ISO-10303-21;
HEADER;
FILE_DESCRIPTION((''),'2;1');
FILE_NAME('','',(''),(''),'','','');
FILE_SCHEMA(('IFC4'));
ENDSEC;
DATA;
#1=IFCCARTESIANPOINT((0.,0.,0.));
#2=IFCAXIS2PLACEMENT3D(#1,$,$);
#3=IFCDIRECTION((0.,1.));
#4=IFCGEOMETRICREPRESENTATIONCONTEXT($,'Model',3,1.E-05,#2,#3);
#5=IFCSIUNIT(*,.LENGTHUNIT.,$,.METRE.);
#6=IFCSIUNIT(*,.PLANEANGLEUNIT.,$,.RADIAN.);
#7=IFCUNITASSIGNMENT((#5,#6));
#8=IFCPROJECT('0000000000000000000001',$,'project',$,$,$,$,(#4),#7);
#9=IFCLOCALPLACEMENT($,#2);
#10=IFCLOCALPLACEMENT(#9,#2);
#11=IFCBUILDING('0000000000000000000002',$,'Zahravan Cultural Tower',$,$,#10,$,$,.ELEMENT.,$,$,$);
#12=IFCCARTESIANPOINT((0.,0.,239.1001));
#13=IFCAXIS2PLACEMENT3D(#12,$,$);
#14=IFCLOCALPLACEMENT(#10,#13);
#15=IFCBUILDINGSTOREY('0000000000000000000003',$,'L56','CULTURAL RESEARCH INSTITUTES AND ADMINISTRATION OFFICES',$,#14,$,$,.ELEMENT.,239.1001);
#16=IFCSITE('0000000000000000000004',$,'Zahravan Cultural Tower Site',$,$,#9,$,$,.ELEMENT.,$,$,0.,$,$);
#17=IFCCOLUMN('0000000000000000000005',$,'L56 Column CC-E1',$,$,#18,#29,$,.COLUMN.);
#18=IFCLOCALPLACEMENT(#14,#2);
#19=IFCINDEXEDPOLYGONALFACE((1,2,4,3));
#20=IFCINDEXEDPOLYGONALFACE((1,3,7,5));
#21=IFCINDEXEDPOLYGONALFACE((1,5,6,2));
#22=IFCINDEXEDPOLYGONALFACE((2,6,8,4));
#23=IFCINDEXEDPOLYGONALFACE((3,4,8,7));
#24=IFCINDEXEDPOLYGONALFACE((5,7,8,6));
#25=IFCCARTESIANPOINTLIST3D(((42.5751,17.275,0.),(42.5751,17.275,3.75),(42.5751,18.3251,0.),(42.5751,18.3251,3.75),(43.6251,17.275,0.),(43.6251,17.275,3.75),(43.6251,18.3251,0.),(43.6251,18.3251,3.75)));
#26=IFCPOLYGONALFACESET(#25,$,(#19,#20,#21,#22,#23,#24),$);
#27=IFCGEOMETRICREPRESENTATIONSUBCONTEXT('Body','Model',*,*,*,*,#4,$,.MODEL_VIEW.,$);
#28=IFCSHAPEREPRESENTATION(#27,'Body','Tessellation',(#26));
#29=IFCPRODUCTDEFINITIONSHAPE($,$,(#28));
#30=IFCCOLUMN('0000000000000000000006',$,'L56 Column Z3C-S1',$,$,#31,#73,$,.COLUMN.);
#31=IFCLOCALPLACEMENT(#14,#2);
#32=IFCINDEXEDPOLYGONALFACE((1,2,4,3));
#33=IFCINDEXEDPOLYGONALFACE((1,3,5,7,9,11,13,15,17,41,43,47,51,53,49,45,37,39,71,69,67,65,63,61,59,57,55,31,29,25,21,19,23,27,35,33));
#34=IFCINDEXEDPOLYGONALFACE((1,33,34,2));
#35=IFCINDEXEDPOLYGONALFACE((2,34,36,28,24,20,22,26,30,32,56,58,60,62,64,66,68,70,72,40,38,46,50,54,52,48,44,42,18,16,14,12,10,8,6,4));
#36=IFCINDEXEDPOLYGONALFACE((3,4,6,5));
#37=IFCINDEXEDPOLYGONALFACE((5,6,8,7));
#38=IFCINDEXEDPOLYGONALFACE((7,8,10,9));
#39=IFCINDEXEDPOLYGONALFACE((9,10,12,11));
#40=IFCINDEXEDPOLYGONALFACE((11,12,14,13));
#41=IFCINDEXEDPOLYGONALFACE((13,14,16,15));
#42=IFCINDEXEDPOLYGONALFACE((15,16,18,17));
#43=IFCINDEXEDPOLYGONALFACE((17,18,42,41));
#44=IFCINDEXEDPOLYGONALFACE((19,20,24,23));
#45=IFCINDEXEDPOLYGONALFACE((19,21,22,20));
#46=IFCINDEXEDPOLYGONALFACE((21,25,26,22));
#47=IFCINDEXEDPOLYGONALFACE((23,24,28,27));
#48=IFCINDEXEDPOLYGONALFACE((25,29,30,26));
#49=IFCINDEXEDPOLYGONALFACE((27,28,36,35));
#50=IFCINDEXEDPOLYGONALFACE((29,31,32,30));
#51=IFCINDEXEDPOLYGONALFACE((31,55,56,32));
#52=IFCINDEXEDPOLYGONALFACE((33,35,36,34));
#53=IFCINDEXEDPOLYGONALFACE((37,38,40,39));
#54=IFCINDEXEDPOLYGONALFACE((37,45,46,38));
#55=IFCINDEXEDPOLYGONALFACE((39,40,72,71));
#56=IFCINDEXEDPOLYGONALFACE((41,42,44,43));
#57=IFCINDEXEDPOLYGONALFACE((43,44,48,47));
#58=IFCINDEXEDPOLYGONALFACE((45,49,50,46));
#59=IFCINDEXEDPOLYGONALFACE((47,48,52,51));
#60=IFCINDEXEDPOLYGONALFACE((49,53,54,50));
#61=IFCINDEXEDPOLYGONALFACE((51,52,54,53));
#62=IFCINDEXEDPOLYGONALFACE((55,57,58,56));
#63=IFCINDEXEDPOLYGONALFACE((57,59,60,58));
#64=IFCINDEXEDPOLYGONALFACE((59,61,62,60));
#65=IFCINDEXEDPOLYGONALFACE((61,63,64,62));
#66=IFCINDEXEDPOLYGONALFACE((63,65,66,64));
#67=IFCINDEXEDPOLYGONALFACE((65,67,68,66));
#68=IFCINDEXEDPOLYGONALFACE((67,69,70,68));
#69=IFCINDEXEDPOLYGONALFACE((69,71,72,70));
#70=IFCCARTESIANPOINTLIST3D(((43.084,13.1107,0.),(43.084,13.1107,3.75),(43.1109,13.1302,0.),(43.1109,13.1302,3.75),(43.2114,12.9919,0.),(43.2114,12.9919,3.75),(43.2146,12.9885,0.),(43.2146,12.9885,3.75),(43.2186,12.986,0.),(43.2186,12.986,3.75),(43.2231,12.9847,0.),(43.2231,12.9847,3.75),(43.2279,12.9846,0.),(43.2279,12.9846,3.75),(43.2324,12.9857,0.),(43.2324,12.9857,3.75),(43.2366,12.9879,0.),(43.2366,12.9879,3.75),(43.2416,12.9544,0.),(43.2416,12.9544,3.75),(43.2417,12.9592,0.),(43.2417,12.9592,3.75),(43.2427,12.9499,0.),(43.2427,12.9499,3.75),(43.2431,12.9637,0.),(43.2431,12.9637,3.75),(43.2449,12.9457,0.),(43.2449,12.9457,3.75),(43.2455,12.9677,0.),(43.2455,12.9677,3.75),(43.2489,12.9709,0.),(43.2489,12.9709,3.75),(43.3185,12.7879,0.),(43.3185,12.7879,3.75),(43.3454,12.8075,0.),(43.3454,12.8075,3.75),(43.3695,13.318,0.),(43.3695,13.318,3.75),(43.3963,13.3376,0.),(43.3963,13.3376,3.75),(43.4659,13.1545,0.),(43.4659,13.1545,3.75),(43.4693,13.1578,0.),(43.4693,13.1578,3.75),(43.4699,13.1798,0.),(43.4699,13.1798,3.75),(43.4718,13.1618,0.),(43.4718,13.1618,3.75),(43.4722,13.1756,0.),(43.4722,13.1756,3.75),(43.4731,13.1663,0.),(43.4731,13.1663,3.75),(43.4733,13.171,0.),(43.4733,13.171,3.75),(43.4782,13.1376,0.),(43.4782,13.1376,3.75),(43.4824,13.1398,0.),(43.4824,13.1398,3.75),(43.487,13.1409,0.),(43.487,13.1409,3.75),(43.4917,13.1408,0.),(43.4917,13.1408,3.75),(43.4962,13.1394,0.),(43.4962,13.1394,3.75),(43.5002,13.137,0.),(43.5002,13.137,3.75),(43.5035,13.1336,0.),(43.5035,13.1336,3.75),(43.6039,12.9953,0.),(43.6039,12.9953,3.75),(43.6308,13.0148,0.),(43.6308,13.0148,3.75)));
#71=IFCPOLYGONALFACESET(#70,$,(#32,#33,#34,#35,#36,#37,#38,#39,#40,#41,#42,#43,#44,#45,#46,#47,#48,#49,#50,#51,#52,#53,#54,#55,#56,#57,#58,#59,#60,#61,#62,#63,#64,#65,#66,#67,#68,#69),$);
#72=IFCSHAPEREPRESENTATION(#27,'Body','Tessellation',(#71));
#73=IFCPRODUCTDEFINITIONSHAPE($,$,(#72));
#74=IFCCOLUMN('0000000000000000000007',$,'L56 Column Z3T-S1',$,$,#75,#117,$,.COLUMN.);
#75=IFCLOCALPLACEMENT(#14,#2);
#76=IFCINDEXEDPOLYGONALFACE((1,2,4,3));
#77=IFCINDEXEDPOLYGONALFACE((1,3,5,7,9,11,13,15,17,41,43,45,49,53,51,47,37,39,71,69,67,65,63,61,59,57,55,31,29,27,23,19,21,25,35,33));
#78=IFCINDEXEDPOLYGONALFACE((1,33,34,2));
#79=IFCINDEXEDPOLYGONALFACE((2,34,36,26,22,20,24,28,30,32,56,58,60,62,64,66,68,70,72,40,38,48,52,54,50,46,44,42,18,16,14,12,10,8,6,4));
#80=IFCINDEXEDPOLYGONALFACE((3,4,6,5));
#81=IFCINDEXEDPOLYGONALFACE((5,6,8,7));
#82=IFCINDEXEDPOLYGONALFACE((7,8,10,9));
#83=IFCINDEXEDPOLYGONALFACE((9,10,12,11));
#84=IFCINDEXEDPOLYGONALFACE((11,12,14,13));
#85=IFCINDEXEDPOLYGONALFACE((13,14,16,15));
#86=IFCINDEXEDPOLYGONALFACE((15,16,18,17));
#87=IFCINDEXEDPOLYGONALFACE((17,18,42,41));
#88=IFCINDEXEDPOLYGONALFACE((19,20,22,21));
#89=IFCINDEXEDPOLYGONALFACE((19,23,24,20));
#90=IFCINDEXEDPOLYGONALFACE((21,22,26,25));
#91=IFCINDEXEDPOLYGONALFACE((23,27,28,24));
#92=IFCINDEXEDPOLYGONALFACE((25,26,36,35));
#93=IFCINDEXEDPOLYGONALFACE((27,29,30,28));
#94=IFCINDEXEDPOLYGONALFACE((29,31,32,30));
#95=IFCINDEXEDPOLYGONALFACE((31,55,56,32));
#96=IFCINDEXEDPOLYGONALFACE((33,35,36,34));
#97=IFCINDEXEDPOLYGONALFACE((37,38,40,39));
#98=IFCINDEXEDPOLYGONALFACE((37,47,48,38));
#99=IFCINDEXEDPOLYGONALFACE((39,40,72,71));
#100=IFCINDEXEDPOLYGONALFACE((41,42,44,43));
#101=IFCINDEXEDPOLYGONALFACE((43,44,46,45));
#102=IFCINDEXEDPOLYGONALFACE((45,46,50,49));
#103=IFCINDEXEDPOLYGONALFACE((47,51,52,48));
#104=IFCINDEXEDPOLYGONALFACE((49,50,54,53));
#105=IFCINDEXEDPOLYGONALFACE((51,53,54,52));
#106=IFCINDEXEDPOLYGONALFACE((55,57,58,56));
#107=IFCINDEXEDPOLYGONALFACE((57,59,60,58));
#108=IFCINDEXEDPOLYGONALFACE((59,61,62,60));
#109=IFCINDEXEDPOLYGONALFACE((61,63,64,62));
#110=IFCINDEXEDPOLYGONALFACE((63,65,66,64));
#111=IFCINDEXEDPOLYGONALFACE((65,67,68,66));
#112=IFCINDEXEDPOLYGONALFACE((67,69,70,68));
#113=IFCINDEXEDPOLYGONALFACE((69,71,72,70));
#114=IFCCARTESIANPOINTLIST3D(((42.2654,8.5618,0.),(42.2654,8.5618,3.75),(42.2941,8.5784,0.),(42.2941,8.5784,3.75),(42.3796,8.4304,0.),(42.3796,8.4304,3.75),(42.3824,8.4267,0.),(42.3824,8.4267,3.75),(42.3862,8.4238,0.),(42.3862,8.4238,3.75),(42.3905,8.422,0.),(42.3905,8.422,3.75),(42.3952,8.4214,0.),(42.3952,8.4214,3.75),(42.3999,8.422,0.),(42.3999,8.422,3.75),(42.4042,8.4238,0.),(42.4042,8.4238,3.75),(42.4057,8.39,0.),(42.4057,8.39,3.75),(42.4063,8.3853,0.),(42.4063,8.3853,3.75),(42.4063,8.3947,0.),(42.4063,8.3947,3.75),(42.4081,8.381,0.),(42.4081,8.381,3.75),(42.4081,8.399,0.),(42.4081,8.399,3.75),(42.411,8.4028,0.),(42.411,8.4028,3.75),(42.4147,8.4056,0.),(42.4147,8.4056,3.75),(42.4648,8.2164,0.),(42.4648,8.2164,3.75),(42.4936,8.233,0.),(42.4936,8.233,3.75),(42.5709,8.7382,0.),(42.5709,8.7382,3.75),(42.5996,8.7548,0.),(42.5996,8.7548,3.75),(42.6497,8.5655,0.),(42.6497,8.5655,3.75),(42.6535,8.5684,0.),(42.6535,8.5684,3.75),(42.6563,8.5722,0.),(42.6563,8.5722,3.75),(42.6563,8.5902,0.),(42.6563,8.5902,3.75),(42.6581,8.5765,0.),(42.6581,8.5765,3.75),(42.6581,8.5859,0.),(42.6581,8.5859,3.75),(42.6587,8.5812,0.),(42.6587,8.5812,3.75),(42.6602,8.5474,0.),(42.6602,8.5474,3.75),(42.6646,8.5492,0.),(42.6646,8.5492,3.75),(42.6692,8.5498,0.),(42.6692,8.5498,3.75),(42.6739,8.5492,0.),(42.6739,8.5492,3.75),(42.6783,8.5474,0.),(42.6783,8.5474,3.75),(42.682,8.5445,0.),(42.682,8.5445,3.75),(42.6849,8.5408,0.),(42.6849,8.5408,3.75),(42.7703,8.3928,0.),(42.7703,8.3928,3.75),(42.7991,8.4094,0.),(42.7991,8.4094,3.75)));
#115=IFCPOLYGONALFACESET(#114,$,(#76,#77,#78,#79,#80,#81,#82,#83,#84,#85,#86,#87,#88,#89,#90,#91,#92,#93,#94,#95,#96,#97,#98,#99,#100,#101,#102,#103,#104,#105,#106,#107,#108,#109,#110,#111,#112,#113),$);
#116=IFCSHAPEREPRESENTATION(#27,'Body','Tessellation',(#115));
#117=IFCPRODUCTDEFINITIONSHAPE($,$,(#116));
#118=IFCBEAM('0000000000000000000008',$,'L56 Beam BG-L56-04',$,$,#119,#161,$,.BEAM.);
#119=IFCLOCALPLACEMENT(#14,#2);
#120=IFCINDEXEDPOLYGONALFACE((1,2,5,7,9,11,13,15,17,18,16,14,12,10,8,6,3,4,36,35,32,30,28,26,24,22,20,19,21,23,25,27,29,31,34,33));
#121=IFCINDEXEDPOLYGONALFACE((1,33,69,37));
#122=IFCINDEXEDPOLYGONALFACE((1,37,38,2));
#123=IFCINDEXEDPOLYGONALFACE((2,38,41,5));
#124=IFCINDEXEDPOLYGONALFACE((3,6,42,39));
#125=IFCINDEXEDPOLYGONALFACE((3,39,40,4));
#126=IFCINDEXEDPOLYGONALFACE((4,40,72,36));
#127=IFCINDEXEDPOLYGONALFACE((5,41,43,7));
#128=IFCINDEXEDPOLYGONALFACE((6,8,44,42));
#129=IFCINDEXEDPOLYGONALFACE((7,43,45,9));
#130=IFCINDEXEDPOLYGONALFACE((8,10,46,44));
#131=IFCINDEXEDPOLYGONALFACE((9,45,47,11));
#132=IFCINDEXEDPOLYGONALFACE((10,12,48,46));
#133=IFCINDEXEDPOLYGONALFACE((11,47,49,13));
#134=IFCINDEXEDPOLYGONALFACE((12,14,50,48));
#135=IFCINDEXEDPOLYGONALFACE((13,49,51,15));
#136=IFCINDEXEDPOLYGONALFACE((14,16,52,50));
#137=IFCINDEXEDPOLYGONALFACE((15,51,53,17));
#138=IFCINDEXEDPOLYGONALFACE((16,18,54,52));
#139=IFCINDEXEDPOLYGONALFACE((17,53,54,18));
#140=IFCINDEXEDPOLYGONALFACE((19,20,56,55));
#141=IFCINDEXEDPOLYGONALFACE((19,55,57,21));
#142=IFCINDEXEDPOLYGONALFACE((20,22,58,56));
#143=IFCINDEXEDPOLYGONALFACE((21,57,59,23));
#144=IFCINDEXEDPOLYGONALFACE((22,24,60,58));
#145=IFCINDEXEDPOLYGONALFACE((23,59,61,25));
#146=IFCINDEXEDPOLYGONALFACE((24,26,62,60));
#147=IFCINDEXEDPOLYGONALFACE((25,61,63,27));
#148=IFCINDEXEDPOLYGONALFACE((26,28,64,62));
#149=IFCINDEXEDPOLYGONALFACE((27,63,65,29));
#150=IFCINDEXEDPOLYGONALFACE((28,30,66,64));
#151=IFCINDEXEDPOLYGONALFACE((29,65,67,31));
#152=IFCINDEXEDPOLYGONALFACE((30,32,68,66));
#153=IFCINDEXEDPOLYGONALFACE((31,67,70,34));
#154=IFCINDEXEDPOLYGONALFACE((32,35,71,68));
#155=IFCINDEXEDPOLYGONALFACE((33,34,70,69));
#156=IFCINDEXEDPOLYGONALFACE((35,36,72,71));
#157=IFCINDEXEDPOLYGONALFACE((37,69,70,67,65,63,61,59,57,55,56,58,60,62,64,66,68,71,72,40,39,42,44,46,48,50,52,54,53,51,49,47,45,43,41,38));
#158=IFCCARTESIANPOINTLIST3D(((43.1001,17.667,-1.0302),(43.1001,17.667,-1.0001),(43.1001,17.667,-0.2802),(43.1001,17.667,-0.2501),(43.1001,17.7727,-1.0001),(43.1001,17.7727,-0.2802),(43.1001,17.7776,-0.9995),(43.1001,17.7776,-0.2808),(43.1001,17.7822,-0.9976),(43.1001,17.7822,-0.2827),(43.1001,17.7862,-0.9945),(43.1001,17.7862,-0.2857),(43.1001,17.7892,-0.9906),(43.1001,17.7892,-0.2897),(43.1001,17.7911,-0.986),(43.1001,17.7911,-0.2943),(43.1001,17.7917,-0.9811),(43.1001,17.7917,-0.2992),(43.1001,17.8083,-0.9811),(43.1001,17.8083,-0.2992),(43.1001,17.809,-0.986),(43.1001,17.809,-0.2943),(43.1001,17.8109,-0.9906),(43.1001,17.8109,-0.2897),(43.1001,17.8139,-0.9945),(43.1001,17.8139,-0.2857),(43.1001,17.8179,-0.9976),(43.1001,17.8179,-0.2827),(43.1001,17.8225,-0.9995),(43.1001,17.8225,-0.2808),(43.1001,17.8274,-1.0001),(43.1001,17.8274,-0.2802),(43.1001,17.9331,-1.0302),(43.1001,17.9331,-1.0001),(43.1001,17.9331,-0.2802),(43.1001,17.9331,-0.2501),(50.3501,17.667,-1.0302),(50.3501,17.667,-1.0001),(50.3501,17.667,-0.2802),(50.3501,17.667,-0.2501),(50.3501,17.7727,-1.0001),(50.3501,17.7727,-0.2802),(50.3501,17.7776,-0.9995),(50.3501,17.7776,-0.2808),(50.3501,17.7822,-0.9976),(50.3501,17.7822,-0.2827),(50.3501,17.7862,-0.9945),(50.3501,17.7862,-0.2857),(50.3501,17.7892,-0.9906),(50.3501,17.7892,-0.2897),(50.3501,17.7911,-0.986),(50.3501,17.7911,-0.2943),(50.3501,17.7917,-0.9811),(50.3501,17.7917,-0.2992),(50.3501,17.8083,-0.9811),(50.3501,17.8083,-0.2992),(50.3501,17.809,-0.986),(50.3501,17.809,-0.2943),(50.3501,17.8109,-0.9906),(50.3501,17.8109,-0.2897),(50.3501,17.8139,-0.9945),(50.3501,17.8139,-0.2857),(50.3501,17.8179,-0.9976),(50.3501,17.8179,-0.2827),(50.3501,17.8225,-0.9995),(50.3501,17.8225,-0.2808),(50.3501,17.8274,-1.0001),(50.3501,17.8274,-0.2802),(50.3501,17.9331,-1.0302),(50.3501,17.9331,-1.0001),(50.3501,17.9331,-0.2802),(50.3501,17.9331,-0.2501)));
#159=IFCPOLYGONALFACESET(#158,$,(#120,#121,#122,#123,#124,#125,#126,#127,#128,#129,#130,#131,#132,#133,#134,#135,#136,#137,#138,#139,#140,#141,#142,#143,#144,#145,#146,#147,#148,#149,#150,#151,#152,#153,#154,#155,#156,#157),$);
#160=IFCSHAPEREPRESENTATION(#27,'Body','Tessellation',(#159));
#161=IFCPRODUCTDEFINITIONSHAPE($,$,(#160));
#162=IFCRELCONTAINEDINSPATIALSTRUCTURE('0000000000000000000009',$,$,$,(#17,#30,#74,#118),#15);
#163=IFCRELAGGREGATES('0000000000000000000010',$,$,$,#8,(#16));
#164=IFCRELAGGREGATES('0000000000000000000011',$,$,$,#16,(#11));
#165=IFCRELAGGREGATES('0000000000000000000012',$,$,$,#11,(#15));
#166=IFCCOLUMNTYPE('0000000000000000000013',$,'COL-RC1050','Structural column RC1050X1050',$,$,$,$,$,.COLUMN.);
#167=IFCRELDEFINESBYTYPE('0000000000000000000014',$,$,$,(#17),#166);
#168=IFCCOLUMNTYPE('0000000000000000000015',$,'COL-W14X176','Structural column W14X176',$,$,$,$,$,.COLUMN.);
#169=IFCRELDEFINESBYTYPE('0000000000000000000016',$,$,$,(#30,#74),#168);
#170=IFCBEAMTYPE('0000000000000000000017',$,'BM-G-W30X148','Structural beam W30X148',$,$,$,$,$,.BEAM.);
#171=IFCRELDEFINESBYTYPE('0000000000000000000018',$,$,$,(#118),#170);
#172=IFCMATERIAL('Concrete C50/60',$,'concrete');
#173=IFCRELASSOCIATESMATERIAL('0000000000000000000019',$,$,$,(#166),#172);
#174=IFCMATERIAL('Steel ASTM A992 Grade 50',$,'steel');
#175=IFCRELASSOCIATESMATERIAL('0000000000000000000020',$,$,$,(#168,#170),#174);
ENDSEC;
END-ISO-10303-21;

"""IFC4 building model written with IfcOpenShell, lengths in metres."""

from ifc_helpers import new_model, si_unit, direction, frame, origin, origin_2d, place, context, subcontext, project, spatial, rectangle, i_section, extrude, source, transform, mapped, material, material_profile, profile_set, type_object, element, save


model = new_model("IFC4")

# Units and contexts
model_context = context("Model", 3, precision=1e-05, world=origin(), true_north=direction((0.0, 1.0)))
body_context = subcontext(model_context, "Body", "Model", "MODEL_VIEW")
ifc_project = project(units=[si_unit("LENGTHUNIT", "METRE"), si_unit("PLANEANGLEUNIT", "RADIAN")], contexts=[model_context])

# Site, building, storey
site_placement = place(None, origin())
site = spatial("IfcSite", under=ifc_project, at=site_placement, Name="Zahravan Cultural Tower Site", CompositionType="ELEMENT", RefElevation=0.0)
building_placement = place(site_placement, origin())
building = spatial("IfcBuilding", under=site, at=building_placement, Name="Zahravan Cultural Tower", CompositionType="ELEMENT")
storey_placement = place(building_placement, frame((0.0, 0.0, 239.1001)))
storey = spatial("IfcBuildingStorey", under=building, at=storey_placement, Name="L56", Description="CULTURAL RESEARCH INSTITUTES AND ADMINISTRATION OFFICES", CompositionType="ELEMENT", Elevation=239.1001)

# Columns
ifc_material_1 = material(Name="Concrete C50/60", Category="concrete")
ifc_material_profile_1 = material_profile(ifc_material_1, rectangle(XDim=1.05, YDim=1.05, at=origin_2d()), Name="RC1050X1050")
ifc_profile_set_1 = profile_set([ifc_material_profile_1], Name="Concrete C50/60")
column_type_1 = type_object("IfcColumnType", Name="COL-RC1050", Description="Structural column RC1050X1050", PredefinedType="COLUMN", material=ifc_profile_set_1)
shared_shape_1 = source(origin(), body_context, "Body", "SweptSolid", [
    extrude(rectangle(XDim=1.05, YDim=1.05, at=origin_2d()), origin(), (0.0, 0.0, 1.0), 3.75),
])
column_placement = place(storey_placement, frame((43.1001, 17.8, 0.0), z_axis=(0.0, 0.0, 1.0), x_axis=(1.0, 0.0, 0.0)))
element("IfcColumn", 1, at=column_placement, inside=storey, type_object=column_type_1, Name="L56 Column CC-E1", PredefinedType="COLUMN", context=body_context, shape_type="MappedRepresentation", body=[
    mapped(shared_shape_1, transform((0.0, 0.0, 0.0), x_axis=(1.0, 0.0, 0.0), y_axis=(0.0, 1.0, 0.0), z_axis=(0.0, 0.0, 1.0), scale=1.0)),
])
ifc_material_2 = material(Name="Steel ASTM A992 Grade 50", Category="steel")
ifc_material_profile_2 = material_profile(ifc_material_2, i_section(OverallWidth=0.3989, OverallDepth=0.386, WebThickness=0.021, FlangeThickness=0.0332, FilletRadius=0.0181, at=origin_2d()), Name="W14X176")
ifc_profile_set_2 = profile_set([ifc_material_profile_2], Name="Steel ASTM A992 Grade 50")
column_type_2 = type_object("IfcColumnType", Name="COL-W14X176", Description="Structural column W14X176", PredefinedType="COLUMN", material=ifc_profile_set_2)
shared_shape_2 = source(origin(), body_context, "Body", "SweptSolid", [
    extrude(i_section(OverallWidth=0.3989, OverallDepth=0.386, WebThickness=0.021, FlangeThickness=0.0332, FilletRadius=0.0181, at=origin_2d()), origin(), (0.0, 0.0, 1.0), 3.75),
])
for number, where, z_axis, x_axis, name in (
    (2, (43.3574, 13.0627, 0.0), (0.0, 0.0, 1.0), (-0.587785, 0.809017, 0.0), "L56 Column Z3C-S1"),
    (3, (42.5322, 8.4856, 0.0), (0.0, 0.0, 1.0), (-0.5, 0.866025, 0.0), "L56 Column Z3T-S1"),
):
    element("IfcColumn", number, at=place(storey_placement, frame(where, z_axis=z_axis, x_axis=x_axis)), inside=storey, type_object=column_type_2, Name=name, PredefinedType="COLUMN", context=body_context, shape_type="MappedRepresentation", body=[
        mapped(shared_shape_2, transform((0.0, 0.0, 0.0), x_axis=(1.0, 0.0, 0.0), y_axis=(0.0, 1.0, 0.0), z_axis=(0.0, 0.0, 1.0), scale=1.0)),
    ])

# Beam
ifc_material_profile_3 = material_profile(ifc_material_2, i_section(OverallWidth=0.2661, OverallDepth=0.78, WebThickness=0.0166, FlangeThickness=0.03, FilletRadius=0.019, at=origin_2d()), Name="W30X148")
ifc_profile_set_3 = profile_set([ifc_material_profile_3], Name="Steel ASTM A992 Grade 50")
beam_type_1 = type_object("IfcBeamType", Name="BM-G-W30X148", Description="Structural beam W30X148", PredefinedType="BEAM", material=ifc_profile_set_3)
shared_shape_3 = source(origin(), body_context, "Body", "SweptSolid", [
    extrude(i_section(OverallWidth=0.2661, OverallDepth=0.78, WebThickness=0.0166, FlangeThickness=0.03, FilletRadius=0.019, at=origin_2d()), origin(), (0.0, 0.0, 1.0), 7.25),
])
beam_1_placement = place(storey_placement, frame((43.1001, 17.8, -0.6401), z_axis=(1.0, 0.0, 0.0), x_axis=(0.0, 1.0, 0.0)))
element("IfcBeam", 4, at=beam_1_placement, inside=storey, type_object=beam_type_1, Name="L56 Beam BG-L56-04", PredefinedType="BEAM", context=body_context, shape_type="MappedRepresentation", body=[
    mapped(shared_shape_3, transform((0.0, 0.0, 0.0), x_axis=(1.0, 0.0, 0.0), y_axis=(0.0, 1.0, 0.0), z_axis=(0.0, 0.0, 1.0), scale=1.0)),
])

save(model, "model.ifc")
